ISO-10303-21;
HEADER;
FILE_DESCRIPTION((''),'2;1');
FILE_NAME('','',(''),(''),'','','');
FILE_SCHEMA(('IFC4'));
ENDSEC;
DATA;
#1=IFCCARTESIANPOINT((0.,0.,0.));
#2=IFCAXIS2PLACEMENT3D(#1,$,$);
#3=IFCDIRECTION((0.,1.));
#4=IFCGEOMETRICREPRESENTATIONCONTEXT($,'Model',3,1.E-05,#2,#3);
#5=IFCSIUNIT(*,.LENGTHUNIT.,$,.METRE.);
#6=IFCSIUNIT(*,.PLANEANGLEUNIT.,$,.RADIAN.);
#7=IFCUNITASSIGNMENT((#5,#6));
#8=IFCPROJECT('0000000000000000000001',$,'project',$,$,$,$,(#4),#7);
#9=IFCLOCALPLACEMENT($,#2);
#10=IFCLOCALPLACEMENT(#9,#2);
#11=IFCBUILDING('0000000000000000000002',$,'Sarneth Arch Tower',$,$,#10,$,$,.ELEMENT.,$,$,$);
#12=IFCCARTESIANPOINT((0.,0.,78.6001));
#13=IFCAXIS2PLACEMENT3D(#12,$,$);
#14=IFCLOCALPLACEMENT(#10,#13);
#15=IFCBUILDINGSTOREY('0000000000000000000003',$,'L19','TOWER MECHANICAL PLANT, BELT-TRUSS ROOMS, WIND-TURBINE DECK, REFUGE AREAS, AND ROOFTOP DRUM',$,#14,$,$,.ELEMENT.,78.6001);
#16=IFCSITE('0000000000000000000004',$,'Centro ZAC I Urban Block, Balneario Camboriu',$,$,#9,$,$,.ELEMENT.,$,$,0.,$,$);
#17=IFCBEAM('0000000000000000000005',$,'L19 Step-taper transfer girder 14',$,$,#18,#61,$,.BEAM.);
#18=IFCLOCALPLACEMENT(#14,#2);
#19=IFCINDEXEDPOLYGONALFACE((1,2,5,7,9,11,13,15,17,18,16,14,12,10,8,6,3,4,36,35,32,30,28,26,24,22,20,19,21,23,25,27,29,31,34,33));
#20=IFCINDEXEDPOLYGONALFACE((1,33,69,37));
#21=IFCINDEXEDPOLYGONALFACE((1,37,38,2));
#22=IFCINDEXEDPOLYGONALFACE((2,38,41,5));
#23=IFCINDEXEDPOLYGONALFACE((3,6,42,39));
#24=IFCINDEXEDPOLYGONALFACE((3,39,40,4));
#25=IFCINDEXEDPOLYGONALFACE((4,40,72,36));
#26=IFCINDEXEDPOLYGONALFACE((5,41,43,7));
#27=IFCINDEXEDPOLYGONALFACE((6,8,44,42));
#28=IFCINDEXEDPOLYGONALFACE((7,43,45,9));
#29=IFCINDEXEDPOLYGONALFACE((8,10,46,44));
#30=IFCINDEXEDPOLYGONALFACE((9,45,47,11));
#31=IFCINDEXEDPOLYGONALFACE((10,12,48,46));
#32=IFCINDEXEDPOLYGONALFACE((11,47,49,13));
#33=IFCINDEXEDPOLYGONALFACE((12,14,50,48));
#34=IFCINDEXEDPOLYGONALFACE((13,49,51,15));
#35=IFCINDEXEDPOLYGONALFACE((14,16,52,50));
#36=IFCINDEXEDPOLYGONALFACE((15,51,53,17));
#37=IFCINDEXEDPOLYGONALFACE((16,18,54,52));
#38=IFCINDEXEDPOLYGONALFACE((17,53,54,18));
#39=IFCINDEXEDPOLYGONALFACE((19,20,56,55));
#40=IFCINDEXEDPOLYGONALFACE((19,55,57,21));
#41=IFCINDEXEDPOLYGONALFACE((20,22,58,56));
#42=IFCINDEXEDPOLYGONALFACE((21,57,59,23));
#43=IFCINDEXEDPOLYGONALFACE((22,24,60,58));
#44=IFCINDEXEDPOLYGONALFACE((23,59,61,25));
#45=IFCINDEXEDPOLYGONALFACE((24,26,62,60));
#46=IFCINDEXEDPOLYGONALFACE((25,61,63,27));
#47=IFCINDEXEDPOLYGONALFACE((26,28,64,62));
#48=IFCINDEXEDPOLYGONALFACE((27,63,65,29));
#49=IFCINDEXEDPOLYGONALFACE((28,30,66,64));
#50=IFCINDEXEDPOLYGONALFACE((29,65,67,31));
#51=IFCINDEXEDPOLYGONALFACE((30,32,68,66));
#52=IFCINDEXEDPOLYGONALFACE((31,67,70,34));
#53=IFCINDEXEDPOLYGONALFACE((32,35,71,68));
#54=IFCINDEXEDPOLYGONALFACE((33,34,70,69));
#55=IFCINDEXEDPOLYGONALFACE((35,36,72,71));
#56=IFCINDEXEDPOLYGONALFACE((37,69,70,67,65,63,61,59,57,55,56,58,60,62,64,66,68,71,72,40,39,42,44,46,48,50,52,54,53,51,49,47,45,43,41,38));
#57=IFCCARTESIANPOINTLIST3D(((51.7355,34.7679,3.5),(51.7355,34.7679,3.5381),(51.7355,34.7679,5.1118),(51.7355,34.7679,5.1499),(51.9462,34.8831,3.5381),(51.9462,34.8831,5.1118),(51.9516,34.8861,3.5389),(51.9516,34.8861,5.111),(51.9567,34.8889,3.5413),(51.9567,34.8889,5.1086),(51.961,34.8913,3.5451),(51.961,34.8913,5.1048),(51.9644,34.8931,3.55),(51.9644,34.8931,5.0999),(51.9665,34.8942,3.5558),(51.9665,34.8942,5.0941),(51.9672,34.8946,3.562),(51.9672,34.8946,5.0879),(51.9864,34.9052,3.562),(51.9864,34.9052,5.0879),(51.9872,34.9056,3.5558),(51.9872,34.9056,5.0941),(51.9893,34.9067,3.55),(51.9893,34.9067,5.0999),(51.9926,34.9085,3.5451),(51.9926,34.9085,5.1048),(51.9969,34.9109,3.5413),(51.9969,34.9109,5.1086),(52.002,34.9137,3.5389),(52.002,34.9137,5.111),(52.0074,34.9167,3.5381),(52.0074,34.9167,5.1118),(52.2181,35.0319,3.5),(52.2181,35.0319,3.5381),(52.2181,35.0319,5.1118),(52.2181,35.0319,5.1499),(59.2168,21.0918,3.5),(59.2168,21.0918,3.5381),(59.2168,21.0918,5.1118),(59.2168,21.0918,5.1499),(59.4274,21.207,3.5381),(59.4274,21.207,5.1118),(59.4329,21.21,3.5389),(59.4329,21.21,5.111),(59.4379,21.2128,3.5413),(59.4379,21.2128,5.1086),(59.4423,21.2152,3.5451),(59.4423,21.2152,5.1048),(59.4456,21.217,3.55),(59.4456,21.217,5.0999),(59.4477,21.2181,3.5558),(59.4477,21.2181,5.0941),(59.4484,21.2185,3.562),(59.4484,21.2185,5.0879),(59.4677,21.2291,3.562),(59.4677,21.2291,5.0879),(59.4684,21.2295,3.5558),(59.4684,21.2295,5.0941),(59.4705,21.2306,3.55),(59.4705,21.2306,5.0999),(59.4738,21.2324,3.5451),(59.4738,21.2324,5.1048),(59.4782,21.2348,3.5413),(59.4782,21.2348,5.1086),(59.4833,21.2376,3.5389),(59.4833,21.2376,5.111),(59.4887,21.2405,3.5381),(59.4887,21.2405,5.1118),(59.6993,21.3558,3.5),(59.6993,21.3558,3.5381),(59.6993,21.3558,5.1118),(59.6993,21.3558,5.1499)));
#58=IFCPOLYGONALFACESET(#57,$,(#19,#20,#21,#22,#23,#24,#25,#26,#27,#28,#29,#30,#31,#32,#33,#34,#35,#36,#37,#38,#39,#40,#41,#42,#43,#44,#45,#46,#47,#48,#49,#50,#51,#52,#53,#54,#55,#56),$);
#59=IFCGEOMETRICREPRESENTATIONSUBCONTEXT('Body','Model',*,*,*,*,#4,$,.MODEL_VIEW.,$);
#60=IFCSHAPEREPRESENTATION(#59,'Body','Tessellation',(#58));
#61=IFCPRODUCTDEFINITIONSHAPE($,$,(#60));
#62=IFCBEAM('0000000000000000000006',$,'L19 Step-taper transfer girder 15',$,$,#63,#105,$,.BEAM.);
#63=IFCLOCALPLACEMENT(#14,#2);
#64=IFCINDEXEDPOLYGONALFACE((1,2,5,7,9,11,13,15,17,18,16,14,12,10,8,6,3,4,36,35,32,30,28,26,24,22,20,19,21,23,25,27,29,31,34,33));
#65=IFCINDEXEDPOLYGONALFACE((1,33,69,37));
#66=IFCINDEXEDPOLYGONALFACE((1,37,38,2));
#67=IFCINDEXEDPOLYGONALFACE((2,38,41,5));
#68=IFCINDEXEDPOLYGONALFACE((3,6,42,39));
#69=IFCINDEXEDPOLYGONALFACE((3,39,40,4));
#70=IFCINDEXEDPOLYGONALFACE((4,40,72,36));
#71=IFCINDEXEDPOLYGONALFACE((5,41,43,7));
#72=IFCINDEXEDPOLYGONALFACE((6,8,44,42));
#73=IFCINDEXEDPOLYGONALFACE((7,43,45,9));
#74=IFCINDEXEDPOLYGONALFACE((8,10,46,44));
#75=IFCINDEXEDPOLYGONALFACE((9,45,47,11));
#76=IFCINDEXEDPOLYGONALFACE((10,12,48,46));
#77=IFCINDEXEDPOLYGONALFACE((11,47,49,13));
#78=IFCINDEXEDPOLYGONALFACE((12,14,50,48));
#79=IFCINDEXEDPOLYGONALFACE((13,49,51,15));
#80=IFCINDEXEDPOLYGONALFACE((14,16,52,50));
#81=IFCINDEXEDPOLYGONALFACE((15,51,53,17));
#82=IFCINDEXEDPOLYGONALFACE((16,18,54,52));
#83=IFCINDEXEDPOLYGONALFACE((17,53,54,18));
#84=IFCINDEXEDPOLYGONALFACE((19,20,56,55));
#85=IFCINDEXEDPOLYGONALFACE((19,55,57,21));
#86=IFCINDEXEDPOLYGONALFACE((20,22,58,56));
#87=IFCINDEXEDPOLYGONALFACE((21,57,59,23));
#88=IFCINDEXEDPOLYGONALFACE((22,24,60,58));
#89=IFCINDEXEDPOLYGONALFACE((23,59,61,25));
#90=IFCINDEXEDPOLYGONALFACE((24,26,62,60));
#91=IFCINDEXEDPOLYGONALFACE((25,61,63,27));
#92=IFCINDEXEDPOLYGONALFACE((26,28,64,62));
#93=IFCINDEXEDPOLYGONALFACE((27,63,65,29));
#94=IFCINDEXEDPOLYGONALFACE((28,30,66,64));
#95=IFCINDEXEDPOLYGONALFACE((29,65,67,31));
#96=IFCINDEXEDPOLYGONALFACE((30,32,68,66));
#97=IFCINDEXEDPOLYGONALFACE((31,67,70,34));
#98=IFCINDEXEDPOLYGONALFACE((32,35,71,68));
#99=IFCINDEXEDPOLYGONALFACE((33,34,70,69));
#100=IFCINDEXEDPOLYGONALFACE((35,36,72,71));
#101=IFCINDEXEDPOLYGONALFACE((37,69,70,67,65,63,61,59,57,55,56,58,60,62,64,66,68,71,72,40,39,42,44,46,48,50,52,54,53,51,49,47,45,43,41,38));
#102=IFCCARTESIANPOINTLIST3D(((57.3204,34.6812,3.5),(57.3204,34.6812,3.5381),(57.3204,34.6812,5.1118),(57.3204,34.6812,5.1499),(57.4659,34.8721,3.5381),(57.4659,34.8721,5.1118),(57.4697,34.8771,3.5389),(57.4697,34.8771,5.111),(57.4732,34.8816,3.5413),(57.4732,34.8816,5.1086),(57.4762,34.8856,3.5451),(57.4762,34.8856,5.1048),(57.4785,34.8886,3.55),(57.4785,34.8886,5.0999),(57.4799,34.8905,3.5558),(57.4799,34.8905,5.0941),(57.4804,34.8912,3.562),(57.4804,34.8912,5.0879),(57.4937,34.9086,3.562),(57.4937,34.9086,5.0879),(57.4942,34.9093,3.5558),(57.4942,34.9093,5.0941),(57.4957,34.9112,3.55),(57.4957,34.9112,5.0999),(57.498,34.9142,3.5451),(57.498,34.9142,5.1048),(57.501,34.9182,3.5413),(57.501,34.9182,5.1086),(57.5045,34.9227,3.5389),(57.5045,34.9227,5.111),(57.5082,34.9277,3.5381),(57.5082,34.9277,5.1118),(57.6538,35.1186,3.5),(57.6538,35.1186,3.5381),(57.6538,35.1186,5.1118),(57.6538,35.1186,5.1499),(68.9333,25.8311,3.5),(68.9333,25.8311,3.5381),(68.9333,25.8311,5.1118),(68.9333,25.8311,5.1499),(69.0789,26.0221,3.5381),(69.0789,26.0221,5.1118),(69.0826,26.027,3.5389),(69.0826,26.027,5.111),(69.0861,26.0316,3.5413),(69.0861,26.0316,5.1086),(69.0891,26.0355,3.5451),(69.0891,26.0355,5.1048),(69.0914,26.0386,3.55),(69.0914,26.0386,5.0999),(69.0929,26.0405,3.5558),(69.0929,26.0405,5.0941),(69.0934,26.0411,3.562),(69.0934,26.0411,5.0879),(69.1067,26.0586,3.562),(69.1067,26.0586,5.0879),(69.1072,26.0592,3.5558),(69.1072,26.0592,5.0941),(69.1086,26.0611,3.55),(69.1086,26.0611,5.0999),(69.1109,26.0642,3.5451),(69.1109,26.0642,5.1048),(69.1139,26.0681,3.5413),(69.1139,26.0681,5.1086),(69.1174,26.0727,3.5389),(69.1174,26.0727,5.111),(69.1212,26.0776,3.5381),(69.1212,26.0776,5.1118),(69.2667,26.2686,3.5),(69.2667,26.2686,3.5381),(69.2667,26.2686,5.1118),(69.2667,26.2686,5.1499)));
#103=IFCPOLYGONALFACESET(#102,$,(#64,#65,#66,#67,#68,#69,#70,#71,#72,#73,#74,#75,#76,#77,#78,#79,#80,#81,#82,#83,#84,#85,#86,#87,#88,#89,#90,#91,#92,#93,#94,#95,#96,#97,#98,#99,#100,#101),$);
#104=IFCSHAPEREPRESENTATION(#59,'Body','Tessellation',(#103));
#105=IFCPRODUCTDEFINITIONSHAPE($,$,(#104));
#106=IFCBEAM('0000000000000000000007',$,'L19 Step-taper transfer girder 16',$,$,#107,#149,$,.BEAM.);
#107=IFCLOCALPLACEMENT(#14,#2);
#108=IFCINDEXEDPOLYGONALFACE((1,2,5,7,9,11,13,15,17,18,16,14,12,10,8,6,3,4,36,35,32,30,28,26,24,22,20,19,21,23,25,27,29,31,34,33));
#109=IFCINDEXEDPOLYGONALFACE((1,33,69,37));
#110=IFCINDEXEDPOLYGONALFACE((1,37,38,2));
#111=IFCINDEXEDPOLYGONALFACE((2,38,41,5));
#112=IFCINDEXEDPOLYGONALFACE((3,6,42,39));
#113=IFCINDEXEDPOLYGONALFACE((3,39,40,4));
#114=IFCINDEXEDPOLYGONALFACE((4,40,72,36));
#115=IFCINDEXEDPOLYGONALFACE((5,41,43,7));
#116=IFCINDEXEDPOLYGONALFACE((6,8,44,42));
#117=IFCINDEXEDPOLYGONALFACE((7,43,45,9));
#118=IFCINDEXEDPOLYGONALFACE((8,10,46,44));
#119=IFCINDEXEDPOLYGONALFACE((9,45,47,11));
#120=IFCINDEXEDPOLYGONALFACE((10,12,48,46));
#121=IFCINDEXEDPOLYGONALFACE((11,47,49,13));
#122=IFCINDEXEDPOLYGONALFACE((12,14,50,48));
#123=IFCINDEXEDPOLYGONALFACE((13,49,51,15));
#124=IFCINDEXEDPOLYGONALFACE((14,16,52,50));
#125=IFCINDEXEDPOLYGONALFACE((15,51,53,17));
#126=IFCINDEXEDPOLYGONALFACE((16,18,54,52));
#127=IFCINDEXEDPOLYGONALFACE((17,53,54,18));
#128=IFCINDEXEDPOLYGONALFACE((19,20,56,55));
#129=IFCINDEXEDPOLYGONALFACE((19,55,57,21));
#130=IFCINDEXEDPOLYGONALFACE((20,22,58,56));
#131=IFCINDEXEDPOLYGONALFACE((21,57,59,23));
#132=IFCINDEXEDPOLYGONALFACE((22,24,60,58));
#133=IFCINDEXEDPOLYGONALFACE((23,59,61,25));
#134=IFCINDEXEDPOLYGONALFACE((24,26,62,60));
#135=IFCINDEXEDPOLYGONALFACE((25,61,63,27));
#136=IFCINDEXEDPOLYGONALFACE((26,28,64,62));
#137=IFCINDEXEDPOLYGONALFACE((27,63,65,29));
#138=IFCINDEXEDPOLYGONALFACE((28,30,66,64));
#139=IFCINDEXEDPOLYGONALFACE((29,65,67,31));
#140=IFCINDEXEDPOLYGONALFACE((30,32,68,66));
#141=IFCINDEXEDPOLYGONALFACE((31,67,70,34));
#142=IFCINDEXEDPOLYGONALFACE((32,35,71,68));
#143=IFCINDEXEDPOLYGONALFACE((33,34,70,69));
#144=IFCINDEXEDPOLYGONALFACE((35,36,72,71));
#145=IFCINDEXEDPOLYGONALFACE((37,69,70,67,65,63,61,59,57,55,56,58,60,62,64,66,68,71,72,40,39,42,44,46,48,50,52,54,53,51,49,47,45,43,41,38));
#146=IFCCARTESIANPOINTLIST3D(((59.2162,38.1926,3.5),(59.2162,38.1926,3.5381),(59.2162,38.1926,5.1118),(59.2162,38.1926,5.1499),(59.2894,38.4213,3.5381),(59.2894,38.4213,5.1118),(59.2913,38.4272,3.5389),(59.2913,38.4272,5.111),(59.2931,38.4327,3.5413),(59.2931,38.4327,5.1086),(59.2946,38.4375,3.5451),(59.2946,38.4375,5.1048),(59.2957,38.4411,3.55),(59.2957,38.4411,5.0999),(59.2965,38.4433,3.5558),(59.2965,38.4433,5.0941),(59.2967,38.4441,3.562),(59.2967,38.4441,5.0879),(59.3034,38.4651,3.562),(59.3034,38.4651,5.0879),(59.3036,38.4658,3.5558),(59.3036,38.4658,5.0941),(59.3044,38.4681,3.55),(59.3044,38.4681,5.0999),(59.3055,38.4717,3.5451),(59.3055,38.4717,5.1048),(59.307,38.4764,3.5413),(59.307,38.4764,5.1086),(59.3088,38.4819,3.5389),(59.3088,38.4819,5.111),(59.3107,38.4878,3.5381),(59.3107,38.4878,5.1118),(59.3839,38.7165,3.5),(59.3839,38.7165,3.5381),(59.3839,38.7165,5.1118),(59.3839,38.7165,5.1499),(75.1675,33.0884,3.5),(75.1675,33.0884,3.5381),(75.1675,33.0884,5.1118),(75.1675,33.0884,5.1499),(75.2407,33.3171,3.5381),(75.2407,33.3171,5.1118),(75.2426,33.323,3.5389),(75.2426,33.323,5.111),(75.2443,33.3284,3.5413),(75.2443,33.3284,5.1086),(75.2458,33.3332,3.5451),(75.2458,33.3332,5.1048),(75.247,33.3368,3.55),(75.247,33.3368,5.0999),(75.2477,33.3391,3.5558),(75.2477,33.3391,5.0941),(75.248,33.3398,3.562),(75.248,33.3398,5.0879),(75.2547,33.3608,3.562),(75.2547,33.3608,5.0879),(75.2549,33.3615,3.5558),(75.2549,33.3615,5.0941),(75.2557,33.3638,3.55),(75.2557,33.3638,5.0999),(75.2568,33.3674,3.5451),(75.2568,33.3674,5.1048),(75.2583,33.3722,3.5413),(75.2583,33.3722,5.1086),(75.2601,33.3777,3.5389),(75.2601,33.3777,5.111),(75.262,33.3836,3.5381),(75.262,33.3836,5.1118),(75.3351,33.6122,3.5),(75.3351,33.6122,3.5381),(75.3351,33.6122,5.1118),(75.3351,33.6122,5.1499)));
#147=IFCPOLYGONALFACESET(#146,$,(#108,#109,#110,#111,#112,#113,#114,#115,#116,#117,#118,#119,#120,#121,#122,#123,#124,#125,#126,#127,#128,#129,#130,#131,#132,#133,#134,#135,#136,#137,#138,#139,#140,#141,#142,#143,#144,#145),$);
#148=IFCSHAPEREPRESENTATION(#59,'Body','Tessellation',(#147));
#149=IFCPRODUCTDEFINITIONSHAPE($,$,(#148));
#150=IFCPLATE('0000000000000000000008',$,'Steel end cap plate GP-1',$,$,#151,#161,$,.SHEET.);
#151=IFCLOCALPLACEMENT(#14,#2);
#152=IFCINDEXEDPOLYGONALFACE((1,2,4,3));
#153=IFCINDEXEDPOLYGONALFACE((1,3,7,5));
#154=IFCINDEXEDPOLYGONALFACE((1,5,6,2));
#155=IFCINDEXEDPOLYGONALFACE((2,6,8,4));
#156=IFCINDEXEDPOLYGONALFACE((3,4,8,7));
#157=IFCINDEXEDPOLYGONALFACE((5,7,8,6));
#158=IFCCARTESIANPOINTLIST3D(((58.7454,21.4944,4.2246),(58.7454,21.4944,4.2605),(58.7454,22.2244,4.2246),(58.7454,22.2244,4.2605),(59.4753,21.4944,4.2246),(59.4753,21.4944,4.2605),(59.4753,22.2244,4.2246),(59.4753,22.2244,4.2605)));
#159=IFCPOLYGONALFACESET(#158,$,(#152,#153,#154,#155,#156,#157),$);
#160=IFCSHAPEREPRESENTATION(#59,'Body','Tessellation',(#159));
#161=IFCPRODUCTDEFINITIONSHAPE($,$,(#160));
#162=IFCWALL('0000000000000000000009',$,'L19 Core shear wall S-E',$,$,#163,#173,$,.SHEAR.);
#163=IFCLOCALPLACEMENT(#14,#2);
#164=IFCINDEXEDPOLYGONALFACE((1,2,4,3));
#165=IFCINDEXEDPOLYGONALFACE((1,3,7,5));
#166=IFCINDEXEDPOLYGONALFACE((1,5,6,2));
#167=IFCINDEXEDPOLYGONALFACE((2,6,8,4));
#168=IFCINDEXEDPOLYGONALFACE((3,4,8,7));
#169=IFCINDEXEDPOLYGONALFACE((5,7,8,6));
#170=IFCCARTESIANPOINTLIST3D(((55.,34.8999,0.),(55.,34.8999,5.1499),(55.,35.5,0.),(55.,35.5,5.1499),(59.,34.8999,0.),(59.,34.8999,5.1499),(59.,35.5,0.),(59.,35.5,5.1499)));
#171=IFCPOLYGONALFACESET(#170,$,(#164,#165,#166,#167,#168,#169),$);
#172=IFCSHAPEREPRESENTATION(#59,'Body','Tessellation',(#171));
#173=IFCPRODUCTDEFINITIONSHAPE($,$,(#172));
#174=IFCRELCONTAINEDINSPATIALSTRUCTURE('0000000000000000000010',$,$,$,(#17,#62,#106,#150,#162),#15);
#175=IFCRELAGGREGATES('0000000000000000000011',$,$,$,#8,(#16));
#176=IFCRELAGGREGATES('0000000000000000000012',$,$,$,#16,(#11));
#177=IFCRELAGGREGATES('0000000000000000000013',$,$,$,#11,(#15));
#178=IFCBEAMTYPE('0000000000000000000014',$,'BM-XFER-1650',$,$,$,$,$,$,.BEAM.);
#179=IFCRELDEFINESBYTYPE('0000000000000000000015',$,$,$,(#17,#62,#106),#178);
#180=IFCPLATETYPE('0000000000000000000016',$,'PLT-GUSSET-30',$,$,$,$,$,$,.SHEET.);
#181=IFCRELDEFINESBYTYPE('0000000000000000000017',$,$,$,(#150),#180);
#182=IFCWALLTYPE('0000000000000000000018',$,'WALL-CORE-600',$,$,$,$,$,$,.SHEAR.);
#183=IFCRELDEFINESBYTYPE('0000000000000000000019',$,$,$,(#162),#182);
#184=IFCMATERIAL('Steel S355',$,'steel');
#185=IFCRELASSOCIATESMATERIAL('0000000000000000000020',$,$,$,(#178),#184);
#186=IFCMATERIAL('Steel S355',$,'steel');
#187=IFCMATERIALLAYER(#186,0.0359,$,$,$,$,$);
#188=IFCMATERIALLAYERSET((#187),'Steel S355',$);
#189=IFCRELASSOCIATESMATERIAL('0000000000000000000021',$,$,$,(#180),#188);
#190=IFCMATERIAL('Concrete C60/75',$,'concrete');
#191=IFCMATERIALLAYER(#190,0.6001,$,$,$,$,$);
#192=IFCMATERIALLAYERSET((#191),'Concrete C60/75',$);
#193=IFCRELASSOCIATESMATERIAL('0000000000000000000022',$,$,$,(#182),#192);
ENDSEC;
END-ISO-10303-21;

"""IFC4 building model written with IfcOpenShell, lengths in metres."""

from ifc_helpers import new_model, si_unit, direction, frame, frame_2d, origin, origin_2d, place, context, subcontext, project, spatial, rectangle, i_section, extrude, material, layer, layer_set, material_profile, profile_set, type_object, element, save


model = new_model("IFC4")

# Units and contexts
model_context = context("Model", 3, precision=1e-05, world=origin(), true_north=direction((0.0, 1.0)))
body_context = subcontext(model_context, "Body", "Model", "MODEL_VIEW")
ifc_project = project(units=[si_unit("LENGTHUNIT", "METRE"), si_unit("PLANEANGLEUNIT", "RADIAN")], contexts=[model_context])

# Site, building, storey
site_placement = place(None, origin())
site = spatial("IfcSite", under=ifc_project, at=site_placement, Name="Centro ZAC I Urban Block, Balneario Camboriu", CompositionType="ELEMENT", RefElevation=0.0)
building_placement = place(site_placement, origin())
building = spatial("IfcBuilding", under=site, at=building_placement, Name="Sarneth Arch Tower", CompositionType="ELEMENT")
storey_placement = place(building_placement, frame((0.0, 0.0, 78.6001)))
storey = spatial("IfcBuildingStorey", under=building, at=storey_placement, Name="L19", Description="TOWER MECHANICAL PLANT, BELT-TRUSS ROOMS, WIND-TURBINE DECK, REFUGE AREAS, AND ROOFTOP DRUM", CompositionType="ELEMENT", Elevation=78.6001)

# Beams
ifc_material_1 = material(Name="Steel S355", Category="steel")
ifc_material_profile_1 = material_profile(ifc_material_1, i_section(OverallWidth=0.55, OverallDepth=1.6499, WebThickness=0.022, FlangeThickness=0.0381, FilletRadius=0.0239, at=origin_2d()), Name="CVS1650x680")
ifc_profile_set_1 = profile_set([ifc_material_profile_1], Name="Steel S355")
beam_type_1 = type_object("IfcBeamType", Name="BM-XFER-1650", PredefinedType="BEAM", material=ifc_profile_set_1)
beam_1_placement = place(storey_placement, frame((51.9768, 34.8999, 4.325), z_axis=(0.479917, -0.877314, 0.0), x_axis=(0.877314, 0.479917, 0.0)))
element("IfcBeam", 1, at=beam_1_placement, inside=storey, type_object=beam_type_1, Name="L19 Step-taper transfer girder 14", PredefinedType="BEAM", context=body_context, shape_type="SweptSolid", body=[
    extrude(i_section(OverallWidth=0.55, OverallDepth=1.6499, WebThickness=0.022, FlangeThickness=0.0381, FilletRadius=0.0239, at=origin_2d()), origin(), (0.0, 0.0, 1.0), 15.5886),
])
beam_2_placement = place(storey_placement, frame((57.4871, 34.8999, 4.325), z_axis=(0.795363, -0.606133, 0.0), x_axis=(0.606133, 0.795363, 0.0)))
element("IfcBeam", 2, at=beam_2_placement, inside=storey, type_object=beam_type_1, Name="L19 Step-taper transfer girder 15", PredefinedType="BEAM", context=body_context, shape_type="SweptSolid", body=[
    extrude(i_section(OverallWidth=0.55, OverallDepth=1.6499, WebThickness=0.022, FlangeThickness=0.0381, FilletRadius=0.0239, at=origin_2d()), origin(), (0.0, 0.0, 1.0), 14.6008),
])
beam_3_placement = place(storey_placement, frame((59.3, 38.4546, 4.325), z_axis=(0.952426, -0.304769, 0.0), x_axis=(0.304769, 0.952426, 0.0)))
element("IfcBeam", 3, at=beam_3_placement, inside=storey, type_object=beam_type_1, Name="L19 Step-taper transfer girder 16", PredefinedType="BEAM", context=body_context, shape_type="SweptSolid", body=[
    extrude(i_section(OverallWidth=0.55, OverallDepth=1.6499, WebThickness=0.022, FlangeThickness=0.0381, FilletRadius=0.0239, at=origin_2d()), origin(), (0.0, 0.0, 1.0), 16.748),
])

# Plate
ifc_material_2 = material(Name="Steel S355", Category="steel")
ifc_layer_1 = layer(ifc_material_2, 0.0359)
ifc_layer_set_1 = layer_set([ifc_layer_1], Name="Steel S355")
plate_type = type_object("IfcPlateType", Name="PLT-GUSSET-30", PredefinedType="SHEET", material=ifc_layer_set_1)
plate_placement = place(storey_placement, frame((59.1104, 21.8594, 4.2246), z_axis=(0.0, 0.0, 1.0), x_axis=(1.0, 0.0, 0.0)))
element("IfcPlate", 4, at=plate_placement, inside=storey, type_object=plate_type, Name="Steel end cap plate GP-1", PredefinedType="SHEET", context=body_context, shape_type="SweptSolid", body=[
    extrude(rectangle(XDim=0.73, YDim=0.73, at=origin_2d()), origin(), (0.0, 0.0, 1.0), 0.0359),
])

# Wall
ifc_material_3 = material(Name="Concrete C60/75", Category="concrete")
ifc_layer_2 = layer(ifc_material_3, 0.6001)
ifc_layer_set_2 = layer_set([ifc_layer_2], Name="Concrete C60/75")
wall_type_1 = type_object("IfcWallType", Name="WALL-CORE-600", PredefinedType="SHEAR", material=ifc_layer_set_2)
wall_1_placement = place(storey_placement, frame((55.0, 35.2, 0.0), z_axis=(0.0, 0.0, 1.0), x_axis=(1.0, 0.0, 0.0)))
element("IfcWall", 5, at=wall_1_placement, inside=storey, type_object=wall_type_1, Name="L19 Core shear wall S-E", PredefinedType="SHEAR", context=body_context, shape_type="SweptSolid", body=[
    extrude(rectangle(XDim=4.0, YDim=0.6001, at=frame_2d((2.0, 0.0))), origin(), (0.0, 0.0, 1.0), 5.1499),
])

save(model, "model.ifc")
